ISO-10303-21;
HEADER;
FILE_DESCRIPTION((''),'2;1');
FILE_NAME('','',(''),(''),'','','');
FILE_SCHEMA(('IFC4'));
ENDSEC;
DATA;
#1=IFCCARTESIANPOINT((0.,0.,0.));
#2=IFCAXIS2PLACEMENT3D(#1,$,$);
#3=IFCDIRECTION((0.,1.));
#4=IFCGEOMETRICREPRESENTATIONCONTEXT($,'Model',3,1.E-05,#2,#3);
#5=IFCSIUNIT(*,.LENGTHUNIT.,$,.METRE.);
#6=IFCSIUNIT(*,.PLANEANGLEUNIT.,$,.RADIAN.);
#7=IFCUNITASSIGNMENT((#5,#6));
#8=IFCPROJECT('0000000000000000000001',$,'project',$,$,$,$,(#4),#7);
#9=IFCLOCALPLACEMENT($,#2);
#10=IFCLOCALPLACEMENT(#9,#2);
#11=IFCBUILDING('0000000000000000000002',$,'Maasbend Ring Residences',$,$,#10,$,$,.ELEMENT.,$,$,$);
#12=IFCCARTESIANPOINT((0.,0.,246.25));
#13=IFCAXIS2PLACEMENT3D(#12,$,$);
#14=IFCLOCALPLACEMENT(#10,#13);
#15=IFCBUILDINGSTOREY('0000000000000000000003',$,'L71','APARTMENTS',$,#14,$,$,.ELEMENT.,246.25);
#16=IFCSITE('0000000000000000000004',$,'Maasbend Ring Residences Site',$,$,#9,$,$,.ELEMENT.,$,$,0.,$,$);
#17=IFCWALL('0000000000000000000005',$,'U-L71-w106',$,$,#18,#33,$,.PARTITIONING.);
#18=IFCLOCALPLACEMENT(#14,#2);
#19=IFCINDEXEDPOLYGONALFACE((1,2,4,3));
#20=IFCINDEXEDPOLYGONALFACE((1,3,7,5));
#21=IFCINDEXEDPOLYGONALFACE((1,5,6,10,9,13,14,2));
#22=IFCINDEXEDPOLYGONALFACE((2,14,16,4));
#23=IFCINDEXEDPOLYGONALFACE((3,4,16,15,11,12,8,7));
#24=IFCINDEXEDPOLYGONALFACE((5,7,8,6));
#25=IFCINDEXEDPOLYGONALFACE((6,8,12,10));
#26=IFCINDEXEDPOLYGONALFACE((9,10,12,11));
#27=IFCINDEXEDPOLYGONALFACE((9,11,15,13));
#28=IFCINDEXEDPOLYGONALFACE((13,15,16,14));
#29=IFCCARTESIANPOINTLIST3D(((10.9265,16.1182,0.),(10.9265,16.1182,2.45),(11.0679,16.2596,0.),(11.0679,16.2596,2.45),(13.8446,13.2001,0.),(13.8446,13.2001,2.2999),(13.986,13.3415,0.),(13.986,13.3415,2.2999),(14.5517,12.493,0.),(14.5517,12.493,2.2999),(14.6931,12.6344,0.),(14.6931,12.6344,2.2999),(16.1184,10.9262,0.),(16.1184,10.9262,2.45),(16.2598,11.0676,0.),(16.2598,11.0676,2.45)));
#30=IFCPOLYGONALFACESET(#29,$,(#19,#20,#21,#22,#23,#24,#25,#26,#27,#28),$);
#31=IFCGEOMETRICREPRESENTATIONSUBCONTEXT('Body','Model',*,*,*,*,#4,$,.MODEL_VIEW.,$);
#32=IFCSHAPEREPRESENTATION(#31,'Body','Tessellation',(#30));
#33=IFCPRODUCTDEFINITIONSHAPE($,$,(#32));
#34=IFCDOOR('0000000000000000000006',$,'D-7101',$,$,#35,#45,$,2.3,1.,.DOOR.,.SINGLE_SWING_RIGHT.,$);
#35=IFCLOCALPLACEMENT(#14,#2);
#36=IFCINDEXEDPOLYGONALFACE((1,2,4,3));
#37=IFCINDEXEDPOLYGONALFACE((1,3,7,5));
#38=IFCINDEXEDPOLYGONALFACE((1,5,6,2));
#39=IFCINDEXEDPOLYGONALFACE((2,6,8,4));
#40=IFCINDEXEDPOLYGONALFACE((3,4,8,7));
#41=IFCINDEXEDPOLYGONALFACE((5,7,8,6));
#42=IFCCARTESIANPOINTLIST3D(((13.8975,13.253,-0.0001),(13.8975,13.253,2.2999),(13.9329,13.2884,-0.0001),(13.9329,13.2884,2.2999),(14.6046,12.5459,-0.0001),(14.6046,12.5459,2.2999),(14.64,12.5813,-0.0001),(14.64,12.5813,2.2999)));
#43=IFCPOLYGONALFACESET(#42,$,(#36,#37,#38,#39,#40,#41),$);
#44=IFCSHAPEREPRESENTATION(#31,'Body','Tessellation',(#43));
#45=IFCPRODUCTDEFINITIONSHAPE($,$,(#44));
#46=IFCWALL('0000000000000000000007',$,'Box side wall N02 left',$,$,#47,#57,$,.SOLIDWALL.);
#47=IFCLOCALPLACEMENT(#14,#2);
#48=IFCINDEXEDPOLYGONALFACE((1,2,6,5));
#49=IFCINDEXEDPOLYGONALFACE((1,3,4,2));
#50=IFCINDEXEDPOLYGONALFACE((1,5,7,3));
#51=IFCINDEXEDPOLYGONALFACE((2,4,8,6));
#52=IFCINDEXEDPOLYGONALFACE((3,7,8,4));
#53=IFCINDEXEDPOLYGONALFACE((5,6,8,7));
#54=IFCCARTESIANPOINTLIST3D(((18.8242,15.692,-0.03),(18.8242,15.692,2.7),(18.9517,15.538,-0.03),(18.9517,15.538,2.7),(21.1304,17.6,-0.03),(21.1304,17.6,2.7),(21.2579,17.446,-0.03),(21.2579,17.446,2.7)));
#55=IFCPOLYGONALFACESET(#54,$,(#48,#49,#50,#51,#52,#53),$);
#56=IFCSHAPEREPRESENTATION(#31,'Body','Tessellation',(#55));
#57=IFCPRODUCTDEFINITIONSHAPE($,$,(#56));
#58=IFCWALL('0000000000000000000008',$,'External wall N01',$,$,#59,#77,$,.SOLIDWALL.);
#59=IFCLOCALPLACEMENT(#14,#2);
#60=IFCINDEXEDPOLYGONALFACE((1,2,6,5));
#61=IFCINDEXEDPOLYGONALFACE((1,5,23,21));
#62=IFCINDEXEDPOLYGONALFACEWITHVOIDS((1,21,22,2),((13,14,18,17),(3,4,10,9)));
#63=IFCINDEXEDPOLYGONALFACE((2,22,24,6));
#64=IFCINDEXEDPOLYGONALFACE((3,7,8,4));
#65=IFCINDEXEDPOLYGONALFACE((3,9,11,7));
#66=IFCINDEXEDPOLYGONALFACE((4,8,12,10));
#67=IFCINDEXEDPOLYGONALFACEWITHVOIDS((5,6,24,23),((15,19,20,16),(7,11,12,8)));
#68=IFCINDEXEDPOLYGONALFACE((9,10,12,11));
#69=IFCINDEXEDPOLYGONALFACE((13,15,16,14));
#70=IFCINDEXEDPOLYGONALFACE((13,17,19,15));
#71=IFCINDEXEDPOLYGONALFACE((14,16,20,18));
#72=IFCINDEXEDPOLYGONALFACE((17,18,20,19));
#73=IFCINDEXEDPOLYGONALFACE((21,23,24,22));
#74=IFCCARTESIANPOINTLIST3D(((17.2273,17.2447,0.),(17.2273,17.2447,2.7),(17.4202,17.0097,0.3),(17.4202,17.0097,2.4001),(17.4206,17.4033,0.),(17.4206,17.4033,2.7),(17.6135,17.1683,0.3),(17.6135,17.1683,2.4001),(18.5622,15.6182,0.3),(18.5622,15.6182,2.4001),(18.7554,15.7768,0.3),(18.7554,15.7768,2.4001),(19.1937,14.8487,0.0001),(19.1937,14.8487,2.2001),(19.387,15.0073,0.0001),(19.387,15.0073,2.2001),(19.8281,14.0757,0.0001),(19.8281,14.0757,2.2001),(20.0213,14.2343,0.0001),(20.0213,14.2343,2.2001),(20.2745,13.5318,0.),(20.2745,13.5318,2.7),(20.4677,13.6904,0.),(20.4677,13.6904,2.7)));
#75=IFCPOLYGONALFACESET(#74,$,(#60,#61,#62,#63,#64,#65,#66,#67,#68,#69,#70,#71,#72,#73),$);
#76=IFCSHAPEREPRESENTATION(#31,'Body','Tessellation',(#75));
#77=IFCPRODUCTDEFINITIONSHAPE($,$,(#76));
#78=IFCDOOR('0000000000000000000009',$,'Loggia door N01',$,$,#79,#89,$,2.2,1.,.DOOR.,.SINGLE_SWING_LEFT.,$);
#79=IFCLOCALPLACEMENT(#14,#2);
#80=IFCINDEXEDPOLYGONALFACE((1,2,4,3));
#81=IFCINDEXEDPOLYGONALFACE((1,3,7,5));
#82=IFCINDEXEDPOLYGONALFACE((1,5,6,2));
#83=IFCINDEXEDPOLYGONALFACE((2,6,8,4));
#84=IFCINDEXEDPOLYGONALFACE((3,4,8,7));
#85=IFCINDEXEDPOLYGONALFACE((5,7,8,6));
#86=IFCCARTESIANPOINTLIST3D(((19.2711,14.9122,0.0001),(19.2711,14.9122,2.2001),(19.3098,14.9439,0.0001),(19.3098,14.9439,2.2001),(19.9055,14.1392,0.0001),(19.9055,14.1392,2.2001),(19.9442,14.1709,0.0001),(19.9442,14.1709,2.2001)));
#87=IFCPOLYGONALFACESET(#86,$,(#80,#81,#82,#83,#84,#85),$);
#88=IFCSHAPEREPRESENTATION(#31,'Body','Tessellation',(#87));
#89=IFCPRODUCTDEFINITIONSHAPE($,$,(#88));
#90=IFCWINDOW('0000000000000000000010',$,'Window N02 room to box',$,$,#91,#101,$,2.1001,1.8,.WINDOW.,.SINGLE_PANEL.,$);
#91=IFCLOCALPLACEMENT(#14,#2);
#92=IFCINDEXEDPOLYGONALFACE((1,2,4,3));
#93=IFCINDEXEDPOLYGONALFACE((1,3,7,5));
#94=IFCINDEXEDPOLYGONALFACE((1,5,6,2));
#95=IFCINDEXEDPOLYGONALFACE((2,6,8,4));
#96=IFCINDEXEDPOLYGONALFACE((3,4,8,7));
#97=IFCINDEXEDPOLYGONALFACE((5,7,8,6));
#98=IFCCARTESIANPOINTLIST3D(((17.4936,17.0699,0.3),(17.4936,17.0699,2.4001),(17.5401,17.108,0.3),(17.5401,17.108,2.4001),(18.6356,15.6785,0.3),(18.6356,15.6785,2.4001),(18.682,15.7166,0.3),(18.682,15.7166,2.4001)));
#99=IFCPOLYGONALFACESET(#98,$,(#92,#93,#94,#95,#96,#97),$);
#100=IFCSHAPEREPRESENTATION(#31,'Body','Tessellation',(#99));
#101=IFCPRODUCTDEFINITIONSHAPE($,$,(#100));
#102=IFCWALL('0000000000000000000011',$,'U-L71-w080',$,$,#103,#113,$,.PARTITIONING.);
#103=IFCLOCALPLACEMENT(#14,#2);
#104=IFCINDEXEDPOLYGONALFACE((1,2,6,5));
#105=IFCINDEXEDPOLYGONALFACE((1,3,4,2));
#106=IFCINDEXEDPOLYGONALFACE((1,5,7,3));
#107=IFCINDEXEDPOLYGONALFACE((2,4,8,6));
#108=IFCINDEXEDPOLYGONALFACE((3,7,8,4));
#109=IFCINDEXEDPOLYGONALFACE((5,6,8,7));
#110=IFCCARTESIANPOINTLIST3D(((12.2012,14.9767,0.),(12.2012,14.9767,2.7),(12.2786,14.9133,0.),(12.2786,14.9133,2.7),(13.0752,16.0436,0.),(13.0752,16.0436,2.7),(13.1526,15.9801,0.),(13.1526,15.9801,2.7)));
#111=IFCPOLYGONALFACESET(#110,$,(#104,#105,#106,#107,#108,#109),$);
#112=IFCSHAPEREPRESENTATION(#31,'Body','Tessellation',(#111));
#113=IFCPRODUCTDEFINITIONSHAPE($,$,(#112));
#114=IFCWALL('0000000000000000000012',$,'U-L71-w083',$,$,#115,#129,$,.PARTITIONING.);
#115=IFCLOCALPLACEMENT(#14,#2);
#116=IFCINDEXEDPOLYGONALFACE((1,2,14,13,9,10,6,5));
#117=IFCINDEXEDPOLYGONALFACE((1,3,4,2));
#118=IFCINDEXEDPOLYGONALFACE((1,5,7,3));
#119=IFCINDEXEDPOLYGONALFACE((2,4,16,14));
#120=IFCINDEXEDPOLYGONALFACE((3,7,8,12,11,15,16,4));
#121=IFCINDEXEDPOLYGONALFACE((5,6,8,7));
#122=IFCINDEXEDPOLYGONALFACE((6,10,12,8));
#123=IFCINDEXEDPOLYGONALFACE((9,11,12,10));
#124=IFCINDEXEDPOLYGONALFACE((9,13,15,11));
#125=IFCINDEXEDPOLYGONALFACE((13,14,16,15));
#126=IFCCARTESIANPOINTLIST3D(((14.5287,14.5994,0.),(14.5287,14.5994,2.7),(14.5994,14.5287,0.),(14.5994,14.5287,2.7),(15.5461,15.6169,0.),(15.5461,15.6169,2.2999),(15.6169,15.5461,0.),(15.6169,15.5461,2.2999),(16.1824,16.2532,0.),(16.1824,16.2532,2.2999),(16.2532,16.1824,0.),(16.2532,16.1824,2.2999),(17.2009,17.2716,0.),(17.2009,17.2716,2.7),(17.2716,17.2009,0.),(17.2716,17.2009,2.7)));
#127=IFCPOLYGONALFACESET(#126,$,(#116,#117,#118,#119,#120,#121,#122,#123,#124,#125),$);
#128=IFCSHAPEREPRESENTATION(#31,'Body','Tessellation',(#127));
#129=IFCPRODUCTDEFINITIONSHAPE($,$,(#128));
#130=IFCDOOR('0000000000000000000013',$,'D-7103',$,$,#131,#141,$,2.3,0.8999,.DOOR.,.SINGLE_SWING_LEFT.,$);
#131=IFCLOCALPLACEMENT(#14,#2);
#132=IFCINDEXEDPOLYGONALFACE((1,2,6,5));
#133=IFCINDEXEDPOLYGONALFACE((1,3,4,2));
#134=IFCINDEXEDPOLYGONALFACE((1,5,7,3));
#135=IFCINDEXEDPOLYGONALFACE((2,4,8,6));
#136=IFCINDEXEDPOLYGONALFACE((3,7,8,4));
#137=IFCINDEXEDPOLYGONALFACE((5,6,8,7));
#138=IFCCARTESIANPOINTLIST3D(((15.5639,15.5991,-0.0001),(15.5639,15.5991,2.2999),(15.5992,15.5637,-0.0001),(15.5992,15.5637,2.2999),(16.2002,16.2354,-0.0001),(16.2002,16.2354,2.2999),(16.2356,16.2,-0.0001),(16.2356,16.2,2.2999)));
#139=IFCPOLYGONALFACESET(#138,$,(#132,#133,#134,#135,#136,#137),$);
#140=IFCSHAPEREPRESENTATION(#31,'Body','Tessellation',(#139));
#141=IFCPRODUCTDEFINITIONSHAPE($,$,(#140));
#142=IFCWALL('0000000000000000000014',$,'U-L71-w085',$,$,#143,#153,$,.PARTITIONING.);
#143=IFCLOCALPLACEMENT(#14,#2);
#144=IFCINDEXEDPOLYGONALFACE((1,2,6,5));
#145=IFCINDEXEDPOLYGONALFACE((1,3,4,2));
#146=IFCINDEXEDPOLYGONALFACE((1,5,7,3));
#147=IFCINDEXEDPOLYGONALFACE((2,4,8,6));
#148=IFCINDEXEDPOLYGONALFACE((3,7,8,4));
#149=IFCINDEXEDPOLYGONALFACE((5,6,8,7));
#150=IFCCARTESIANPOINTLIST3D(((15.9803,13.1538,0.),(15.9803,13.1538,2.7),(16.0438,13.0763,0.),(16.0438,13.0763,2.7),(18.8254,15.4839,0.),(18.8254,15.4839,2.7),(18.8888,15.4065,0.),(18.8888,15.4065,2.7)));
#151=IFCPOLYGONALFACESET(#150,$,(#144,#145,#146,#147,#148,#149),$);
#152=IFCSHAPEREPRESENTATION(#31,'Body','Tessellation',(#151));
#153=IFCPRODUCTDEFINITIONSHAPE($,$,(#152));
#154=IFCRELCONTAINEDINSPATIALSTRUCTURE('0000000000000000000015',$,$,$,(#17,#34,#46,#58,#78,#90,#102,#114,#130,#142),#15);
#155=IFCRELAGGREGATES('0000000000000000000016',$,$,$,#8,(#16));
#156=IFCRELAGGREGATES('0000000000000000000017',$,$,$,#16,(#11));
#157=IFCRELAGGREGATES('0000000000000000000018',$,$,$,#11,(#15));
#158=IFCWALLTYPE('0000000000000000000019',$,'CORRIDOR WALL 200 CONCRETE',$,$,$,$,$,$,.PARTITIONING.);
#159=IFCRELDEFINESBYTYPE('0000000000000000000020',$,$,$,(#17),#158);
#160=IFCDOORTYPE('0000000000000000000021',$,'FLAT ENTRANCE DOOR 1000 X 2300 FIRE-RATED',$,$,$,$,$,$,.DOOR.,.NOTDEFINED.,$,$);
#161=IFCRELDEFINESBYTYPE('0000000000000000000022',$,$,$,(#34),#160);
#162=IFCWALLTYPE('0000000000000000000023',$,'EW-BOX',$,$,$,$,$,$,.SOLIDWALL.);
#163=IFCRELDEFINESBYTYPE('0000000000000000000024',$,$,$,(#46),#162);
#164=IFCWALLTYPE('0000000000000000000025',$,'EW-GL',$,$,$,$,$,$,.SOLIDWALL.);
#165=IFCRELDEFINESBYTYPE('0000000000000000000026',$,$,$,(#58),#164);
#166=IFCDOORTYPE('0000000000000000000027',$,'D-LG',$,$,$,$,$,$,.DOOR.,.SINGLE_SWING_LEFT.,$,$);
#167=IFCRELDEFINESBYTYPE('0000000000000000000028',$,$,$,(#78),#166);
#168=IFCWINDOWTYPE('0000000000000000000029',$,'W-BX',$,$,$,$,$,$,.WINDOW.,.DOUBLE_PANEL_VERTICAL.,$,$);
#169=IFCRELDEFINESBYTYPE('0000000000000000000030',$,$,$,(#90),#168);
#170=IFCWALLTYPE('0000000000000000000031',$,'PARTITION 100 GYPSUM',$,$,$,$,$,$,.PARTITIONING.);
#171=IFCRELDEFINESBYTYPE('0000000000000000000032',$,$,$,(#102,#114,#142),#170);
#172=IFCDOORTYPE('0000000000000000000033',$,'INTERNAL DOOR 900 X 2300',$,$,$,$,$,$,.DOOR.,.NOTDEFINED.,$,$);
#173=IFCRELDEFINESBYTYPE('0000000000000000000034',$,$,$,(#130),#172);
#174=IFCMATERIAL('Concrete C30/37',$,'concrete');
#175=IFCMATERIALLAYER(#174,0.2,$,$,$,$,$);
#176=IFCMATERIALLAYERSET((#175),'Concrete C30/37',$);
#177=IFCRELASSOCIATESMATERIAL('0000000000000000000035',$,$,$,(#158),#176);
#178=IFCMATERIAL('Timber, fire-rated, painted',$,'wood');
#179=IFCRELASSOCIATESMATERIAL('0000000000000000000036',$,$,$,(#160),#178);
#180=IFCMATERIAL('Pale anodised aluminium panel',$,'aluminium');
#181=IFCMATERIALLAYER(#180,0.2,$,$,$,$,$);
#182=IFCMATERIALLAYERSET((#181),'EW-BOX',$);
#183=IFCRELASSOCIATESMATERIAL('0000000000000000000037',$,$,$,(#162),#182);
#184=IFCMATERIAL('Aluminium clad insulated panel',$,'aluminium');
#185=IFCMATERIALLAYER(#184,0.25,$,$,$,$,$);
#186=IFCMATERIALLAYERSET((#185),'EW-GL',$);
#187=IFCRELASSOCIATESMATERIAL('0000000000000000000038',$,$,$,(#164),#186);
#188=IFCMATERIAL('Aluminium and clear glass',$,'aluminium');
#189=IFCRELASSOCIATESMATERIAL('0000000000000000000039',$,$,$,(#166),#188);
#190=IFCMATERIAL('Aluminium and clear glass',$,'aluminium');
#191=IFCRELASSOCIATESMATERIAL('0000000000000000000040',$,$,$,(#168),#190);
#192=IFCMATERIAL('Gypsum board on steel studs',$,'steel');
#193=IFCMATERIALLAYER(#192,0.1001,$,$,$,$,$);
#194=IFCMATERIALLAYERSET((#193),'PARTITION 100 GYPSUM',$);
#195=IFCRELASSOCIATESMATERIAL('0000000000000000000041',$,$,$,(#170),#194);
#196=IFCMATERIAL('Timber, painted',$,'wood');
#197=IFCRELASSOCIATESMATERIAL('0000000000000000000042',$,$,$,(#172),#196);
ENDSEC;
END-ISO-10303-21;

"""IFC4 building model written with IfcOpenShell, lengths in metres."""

from ifc_helpers import new_model, si_unit, direction, frame, frame_2d, origin, place, context, subcontext, project, spatial, rectangle, extrude, material, layer, layer_set, type_object, element, fill, save


model = new_model("IFC4")

# Units and contexts
model_context = context("Model", 3, precision=1e-05, world=origin(), true_north=direction((0.0, 1.0)))
body_context = subcontext(model_context, "Body", "Model", "MODEL_VIEW")
ifc_project = project(units=[si_unit("LENGTHUNIT", "METRE"), si_unit("PLANEANGLEUNIT", "RADIAN")], contexts=[model_context])

# Site, building, storey
site_placement = place(None, origin())
site = spatial("IfcSite", under=ifc_project, at=site_placement, Name="Maasbend Ring Residences Site", CompositionType="ELEMENT", RefElevation=0.0)
building_placement = place(site_placement, origin())
building = spatial("IfcBuilding", under=site, at=building_placement, Name="Maasbend Ring Residences", CompositionType="ELEMENT")
storey_placement = place(building_placement, frame((0.0, 0.0, 246.25)))
storey = spatial("IfcBuildingStorey", under=building, at=storey_placement, Name="L71", Description="APARTMENTS", CompositionType="ELEMENT", Elevation=246.25)

# Wall, opening, door
ifc_material_1 = material(Name="Concrete C30/37", Category="concrete")
ifc_layer_1 = layer(ifc_material_1, 0.2)
ifc_layer_set_1 = layer_set([ifc_layer_1], Name="Concrete C30/37")
wall_type_1 = type_object("IfcWallType", Name="CORRIDOR WALL 200 CONCRETE", PredefinedType="PARTITIONING", material=ifc_layer_set_1)
wall_1_placement = place(storey_placement, frame((10.9971, 16.189, 0.0), z_axis=(0.0, 0.0, 1.0), x_axis=(0.707107, -0.707107, 0.0)))
wall_1 = element("IfcWall", 1, at=wall_1_placement, inside=storey, type_object=wall_type_1, Name="U-L71-w106", PredefinedType="PARTITIONING", context=body_context, shape_type="SweptSolid", body=[
    extrude(rectangle(XDim=7.3425, YDim=0.2, at=frame_2d((3.6714, 0.0))), origin(), (0.0, 0.0, 1.0), 2.45),
])
opening_1_placement = place(wall_1_placement, frame((4.127, 0.0, 0.0)))
opening_1 = element("IfcOpeningElement", 2, at=opening_1_placement, cuts=wall_1, PredefinedType="OPENING", context=body_context, shape_type="SweptSolid", body=[
    extrude(rectangle(XDim=1.0, YDim=2.3, at=frame_2d((0.5, 1.1499))), frame((0.0, 0.1099, 0.0), z_axis=(0.0, -1.0, 0.0), x_axis=(1.0, 0.0, 0.0)), (0.0, 0.0, 1.0), 0.22),
])
ifc_material_2 = material(Name="Timber, fire-rated, painted", Category="wood")
door_type_1 = type_object("IfcDoorType", Name="FLAT ENTRANCE DOOR 1000 X 2300 FIRE-RATED", OperationType="NOTDEFINED", PredefinedType="DOOR", material=ifc_material_2)
door_1_placement = place(opening_1_placement, origin())
door_1 = element("IfcDoor", 3, at=door_1_placement, inside=storey, type_object=door_type_1, Name="D-7101", OperationType="SINGLE_SWING_RIGHT", OverallHeight=2.3, OverallWidth=1.0, PredefinedType="DOOR", context=body_context, shape_type="SweptSolid", body=[
    extrude(rectangle(XDim=1.0, YDim=2.3, at=frame_2d((0.5, 1.1499))), frame((0.0, 0.0249, 0.0), z_axis=(0.0, -1.0, 0.0), x_axis=(1.0, 0.0, 0.0)), (0.0, 0.0, 1.0), 0.05),
])
fill(opening_1, door_1)

# Wall
ifc_material_3 = material(Name="Pale anodised aluminium panel", Category="aluminium")
ifc_layer_2 = layer(ifc_material_3, 0.2)
ifc_layer_set_2 = layer_set([ifc_layer_2], Name="EW-BOX")
wall_type_2 = type_object("IfcWallType", Name="EW-BOX", PredefinedType="SOLIDWALL", material=ifc_layer_set_2)
wall_2_placement = place(storey_placement, frame((18.8879, 15.615, -0.03), z_axis=(0.0, 0.0, 1.0), x_axis=(0.77049, 0.637453, 0.0)))
element("IfcWall", 4, at=wall_2_placement, inside=storey, type_object=wall_type_2, Name="Box side wall N02 left", PredefinedType="SOLIDWALL", context=body_context, shape_type="SweptSolid", body=[
    extrude(rectangle(XDim=2.9932, YDim=0.2, at=frame_2d((1.4966, 0.0))), origin(), (0.0, 0.0, 1.0), 2.73),
])

# Wall, openings, door, window
ifc_material_4 = material(Name="Aluminium clad insulated panel", Category="aluminium")
ifc_layer_3 = layer(ifc_material_4, 0.25)
ifc_layer_set_3 = layer_set([ifc_layer_3], Name="EW-GL")
wall_type_3 = type_object("IfcWallType", Name="EW-GL", PredefinedType="SOLIDWALL", material=ifc_layer_set_3)
wall_3_placement = place(storey_placement, frame((20.3711, 13.6111, 0.0), z_axis=(0.0, 0.0, 1.0), x_axis=(-0.634397, 0.773008, 0.0)))
wall_3 = element("IfcWall", 5, at=wall_3_placement, inside=storey, type_object=wall_type_3, Name="External wall N01", PredefinedType="SOLIDWALL", context=body_context, shape_type="SweptSolid", body=[
    extrude(rectangle(XDim=4.8032, YDim=0.25, at=frame_2d((2.4016, 0.0))), origin(), (0.0, 0.0, 1.0), 2.7),
])
opening_2_placement = place(wall_3_placement, frame((0.7036, 0.0, 0.0)))
opening_2 = element("IfcOpeningElement", 6, at=opening_2_placement, cuts=wall_3, PredefinedType="OPENING", context=body_context, shape_type="SweptSolid", body=[
    extrude(rectangle(XDim=1.0, YDim=2.2, at=frame_2d((0.5, 1.1001))), frame((0.0, 0.135, 0.0), z_axis=(0.0, -1.0, 0.0), x_axis=(1.0, 0.0, 0.0)), (0.0, 0.0, 1.0), 0.27),
])
opening_3_placement = place(wall_3_placement, frame((2.6992, 0.0, 0.3)))
opening_3 = element("IfcOpeningElement", 7, at=opening_3_placement, cuts=wall_3, PredefinedType="OPENING", context=body_context, shape_type="SweptSolid", body=[
    extrude(rectangle(XDim=1.8, YDim=2.1001, at=frame_2d((0.8999, 1.05))), frame((0.0, 0.135, 0.0), z_axis=(0.0, -1.0, 0.0), x_axis=(1.0, 0.0, 0.0)), (0.0, 0.0, 1.0), 0.27),
])
ifc_material_5 = material(Name="Aluminium and clear glass", Category="aluminium")
door_type_2 = type_object("IfcDoorType", Name="D-LG", OperationType="SINGLE_SWING_LEFT", PredefinedType="DOOR", material=ifc_material_5)
door_2_placement = place(opening_2_placement, origin())
door_2 = element("IfcDoor", 8, at=door_2_placement, inside=storey, type_object=door_type_2, Name="Loggia door N01", OperationType="SINGLE_SWING_LEFT", OverallHeight=2.2, OverallWidth=1.0, PredefinedType="DOOR", context=body_context, shape_type="SweptSolid", body=[
    extrude(rectangle(XDim=1.0, YDim=2.2, at=frame_2d((0.5, 1.1001))), frame((0.0, 0.0249, 0.0), z_axis=(0.0, -1.0, 0.0), x_axis=(1.0, 0.0, 0.0)), (0.0, 0.0, 1.0), 0.05),
])
fill(opening_2, door_2)
ifc_material_6 = material(Name="Aluminium and clear glass", Category="aluminium")
window_type = type_object("IfcWindowType", Name="W-BX", PartitioningType="DOUBLE_PANEL_VERTICAL", PredefinedType="WINDOW", material=ifc_material_6)
window_placement = place(opening_3_placement, origin())
window = element("IfcWindow", 9, at=window_placement, inside=storey, type_object=window_type, Name="Window N02 room to box", OverallHeight=2.1001, OverallWidth=1.8, PartitioningType="SINGLE_PANEL", PredefinedType="WINDOW", context=body_context, shape_type="SweptSolid", body=[
    extrude(rectangle(XDim=1.8, YDim=2.1001, at=frame_2d((0.8999, 1.05))), frame((0.0, 0.03, 0.0), z_axis=(0.0, -1.0, 0.0), x_axis=(1.0, 0.0, 0.0)), (0.0, 0.0, 1.0), 0.0601),
])
fill(opening_3, window)

# Wall
ifc_material_7 = material(Name="Gypsum board on steel studs", Category="steel")
ifc_layer_4 = layer(ifc_material_7, 0.1001)
ifc_layer_set_4 = layer_set([ifc_layer_4], Name="PARTITION 100 GYPSUM")
wall_type_4 = type_object("IfcWallType", Name="PARTITION 100 GYPSUM", PredefinedType="PARTITIONING", material=ifc_layer_set_4)
wall_4_placement = place(storey_placement, frame((12.24, 14.9451, 0.0), z_axis=(0.0, 0.0, 1.0), x_axis=(0.63372, 0.773563, 0.0)))
element("IfcWall", 10, at=wall_4_placement, inside=storey, type_object=wall_type_4, Name="U-L71-w080", PredefinedType="PARTITIONING", context=body_context, shape_type="SweptSolid", body=[
    extrude(rectangle(XDim=1.3792, YDim=0.1001, at=frame_2d((0.6895, 0.0))), origin(), (0.0, 0.0, 1.0), 2.7),
])

# Wall, opening, door
wall_5_placement = place(storey_placement, frame((14.564, 14.564, 0.0), z_axis=(0.0, 0.0, 1.0), x_axis=(0.707107, 0.707107, 0.0)))
wall_5 = element("IfcWall", 11, at=wall_5_placement, inside=storey, type_object=wall_type_4, Name="U-L71-w083", PredefinedType="PARTITIONING", context=body_context, shape_type="SweptSolid", body=[
    extrude(rectangle(XDim=3.7791, YDim=0.1001, at=frame_2d((1.8896, 0.0))), origin(), (0.0, 0.0, 1.0), 2.7),
])
opening_4_placement = place(wall_5_placement, frame((1.439, 0.0, 0.0)))
opening_4 = element("IfcOpeningElement", 12, at=opening_4_placement, cuts=wall_5, PredefinedType="OPENING", context=body_context, shape_type="SweptSolid", body=[
    extrude(rectangle(XDim=0.8999, YDim=2.3, at=frame_2d((0.45, 1.1499))), frame((0.0, 0.0601, 0.0), z_axis=(0.0, -1.0, 0.0), x_axis=(1.0, 0.0, 0.0)), (0.0, 0.0, 1.0), 0.1201),
])
ifc_material_8 = material(Name="Timber, painted", Category="wood")
door_type_3 = type_object("IfcDoorType", Name="INTERNAL DOOR 900 X 2300", OperationType="NOTDEFINED", PredefinedType="DOOR", material=ifc_material_8)
door_3_placement = place(opening_4_placement, origin())
door_3 = element("IfcDoor", 13, at=door_3_placement, inside=storey, type_object=door_type_3, Name="D-7103", OperationType="SINGLE_SWING_LEFT", OverallHeight=2.3, OverallWidth=0.8999, PredefinedType="DOOR", context=body_context, shape_type="SweptSolid", body=[
    extrude(rectangle(XDim=0.8999, YDim=2.3, at=frame_2d((0.45, 1.1499))), frame((0.0, 0.0249, 0.0), z_axis=(0.0, -1.0, 0.0), x_axis=(1.0, 0.0, 0.0)), (0.0, 0.0, 1.0), 0.05),
])
fill(opening_4, door_3)

# Wall
wall_6_placement = place(storey_placement, frame((16.012, 13.115, 0.0), z_axis=(0.0, 0.0, 1.0), x_axis=(0.773641, 0.633625, 0.0)))
element("IfcWall", 14, at=wall_6_placement, inside=storey, type_object=wall_type_4, Name="U-L71-w085", PredefinedType="PARTITIONING", context=body_context, shape_type="SweptSolid", body=[
    extrude(rectangle(XDim=3.6775, YDim=0.1001, at=frame_2d((1.8389, 0.0))), origin(), (0.0, 0.0, 1.0), 2.7),
])

save(model, "model.ifc")
